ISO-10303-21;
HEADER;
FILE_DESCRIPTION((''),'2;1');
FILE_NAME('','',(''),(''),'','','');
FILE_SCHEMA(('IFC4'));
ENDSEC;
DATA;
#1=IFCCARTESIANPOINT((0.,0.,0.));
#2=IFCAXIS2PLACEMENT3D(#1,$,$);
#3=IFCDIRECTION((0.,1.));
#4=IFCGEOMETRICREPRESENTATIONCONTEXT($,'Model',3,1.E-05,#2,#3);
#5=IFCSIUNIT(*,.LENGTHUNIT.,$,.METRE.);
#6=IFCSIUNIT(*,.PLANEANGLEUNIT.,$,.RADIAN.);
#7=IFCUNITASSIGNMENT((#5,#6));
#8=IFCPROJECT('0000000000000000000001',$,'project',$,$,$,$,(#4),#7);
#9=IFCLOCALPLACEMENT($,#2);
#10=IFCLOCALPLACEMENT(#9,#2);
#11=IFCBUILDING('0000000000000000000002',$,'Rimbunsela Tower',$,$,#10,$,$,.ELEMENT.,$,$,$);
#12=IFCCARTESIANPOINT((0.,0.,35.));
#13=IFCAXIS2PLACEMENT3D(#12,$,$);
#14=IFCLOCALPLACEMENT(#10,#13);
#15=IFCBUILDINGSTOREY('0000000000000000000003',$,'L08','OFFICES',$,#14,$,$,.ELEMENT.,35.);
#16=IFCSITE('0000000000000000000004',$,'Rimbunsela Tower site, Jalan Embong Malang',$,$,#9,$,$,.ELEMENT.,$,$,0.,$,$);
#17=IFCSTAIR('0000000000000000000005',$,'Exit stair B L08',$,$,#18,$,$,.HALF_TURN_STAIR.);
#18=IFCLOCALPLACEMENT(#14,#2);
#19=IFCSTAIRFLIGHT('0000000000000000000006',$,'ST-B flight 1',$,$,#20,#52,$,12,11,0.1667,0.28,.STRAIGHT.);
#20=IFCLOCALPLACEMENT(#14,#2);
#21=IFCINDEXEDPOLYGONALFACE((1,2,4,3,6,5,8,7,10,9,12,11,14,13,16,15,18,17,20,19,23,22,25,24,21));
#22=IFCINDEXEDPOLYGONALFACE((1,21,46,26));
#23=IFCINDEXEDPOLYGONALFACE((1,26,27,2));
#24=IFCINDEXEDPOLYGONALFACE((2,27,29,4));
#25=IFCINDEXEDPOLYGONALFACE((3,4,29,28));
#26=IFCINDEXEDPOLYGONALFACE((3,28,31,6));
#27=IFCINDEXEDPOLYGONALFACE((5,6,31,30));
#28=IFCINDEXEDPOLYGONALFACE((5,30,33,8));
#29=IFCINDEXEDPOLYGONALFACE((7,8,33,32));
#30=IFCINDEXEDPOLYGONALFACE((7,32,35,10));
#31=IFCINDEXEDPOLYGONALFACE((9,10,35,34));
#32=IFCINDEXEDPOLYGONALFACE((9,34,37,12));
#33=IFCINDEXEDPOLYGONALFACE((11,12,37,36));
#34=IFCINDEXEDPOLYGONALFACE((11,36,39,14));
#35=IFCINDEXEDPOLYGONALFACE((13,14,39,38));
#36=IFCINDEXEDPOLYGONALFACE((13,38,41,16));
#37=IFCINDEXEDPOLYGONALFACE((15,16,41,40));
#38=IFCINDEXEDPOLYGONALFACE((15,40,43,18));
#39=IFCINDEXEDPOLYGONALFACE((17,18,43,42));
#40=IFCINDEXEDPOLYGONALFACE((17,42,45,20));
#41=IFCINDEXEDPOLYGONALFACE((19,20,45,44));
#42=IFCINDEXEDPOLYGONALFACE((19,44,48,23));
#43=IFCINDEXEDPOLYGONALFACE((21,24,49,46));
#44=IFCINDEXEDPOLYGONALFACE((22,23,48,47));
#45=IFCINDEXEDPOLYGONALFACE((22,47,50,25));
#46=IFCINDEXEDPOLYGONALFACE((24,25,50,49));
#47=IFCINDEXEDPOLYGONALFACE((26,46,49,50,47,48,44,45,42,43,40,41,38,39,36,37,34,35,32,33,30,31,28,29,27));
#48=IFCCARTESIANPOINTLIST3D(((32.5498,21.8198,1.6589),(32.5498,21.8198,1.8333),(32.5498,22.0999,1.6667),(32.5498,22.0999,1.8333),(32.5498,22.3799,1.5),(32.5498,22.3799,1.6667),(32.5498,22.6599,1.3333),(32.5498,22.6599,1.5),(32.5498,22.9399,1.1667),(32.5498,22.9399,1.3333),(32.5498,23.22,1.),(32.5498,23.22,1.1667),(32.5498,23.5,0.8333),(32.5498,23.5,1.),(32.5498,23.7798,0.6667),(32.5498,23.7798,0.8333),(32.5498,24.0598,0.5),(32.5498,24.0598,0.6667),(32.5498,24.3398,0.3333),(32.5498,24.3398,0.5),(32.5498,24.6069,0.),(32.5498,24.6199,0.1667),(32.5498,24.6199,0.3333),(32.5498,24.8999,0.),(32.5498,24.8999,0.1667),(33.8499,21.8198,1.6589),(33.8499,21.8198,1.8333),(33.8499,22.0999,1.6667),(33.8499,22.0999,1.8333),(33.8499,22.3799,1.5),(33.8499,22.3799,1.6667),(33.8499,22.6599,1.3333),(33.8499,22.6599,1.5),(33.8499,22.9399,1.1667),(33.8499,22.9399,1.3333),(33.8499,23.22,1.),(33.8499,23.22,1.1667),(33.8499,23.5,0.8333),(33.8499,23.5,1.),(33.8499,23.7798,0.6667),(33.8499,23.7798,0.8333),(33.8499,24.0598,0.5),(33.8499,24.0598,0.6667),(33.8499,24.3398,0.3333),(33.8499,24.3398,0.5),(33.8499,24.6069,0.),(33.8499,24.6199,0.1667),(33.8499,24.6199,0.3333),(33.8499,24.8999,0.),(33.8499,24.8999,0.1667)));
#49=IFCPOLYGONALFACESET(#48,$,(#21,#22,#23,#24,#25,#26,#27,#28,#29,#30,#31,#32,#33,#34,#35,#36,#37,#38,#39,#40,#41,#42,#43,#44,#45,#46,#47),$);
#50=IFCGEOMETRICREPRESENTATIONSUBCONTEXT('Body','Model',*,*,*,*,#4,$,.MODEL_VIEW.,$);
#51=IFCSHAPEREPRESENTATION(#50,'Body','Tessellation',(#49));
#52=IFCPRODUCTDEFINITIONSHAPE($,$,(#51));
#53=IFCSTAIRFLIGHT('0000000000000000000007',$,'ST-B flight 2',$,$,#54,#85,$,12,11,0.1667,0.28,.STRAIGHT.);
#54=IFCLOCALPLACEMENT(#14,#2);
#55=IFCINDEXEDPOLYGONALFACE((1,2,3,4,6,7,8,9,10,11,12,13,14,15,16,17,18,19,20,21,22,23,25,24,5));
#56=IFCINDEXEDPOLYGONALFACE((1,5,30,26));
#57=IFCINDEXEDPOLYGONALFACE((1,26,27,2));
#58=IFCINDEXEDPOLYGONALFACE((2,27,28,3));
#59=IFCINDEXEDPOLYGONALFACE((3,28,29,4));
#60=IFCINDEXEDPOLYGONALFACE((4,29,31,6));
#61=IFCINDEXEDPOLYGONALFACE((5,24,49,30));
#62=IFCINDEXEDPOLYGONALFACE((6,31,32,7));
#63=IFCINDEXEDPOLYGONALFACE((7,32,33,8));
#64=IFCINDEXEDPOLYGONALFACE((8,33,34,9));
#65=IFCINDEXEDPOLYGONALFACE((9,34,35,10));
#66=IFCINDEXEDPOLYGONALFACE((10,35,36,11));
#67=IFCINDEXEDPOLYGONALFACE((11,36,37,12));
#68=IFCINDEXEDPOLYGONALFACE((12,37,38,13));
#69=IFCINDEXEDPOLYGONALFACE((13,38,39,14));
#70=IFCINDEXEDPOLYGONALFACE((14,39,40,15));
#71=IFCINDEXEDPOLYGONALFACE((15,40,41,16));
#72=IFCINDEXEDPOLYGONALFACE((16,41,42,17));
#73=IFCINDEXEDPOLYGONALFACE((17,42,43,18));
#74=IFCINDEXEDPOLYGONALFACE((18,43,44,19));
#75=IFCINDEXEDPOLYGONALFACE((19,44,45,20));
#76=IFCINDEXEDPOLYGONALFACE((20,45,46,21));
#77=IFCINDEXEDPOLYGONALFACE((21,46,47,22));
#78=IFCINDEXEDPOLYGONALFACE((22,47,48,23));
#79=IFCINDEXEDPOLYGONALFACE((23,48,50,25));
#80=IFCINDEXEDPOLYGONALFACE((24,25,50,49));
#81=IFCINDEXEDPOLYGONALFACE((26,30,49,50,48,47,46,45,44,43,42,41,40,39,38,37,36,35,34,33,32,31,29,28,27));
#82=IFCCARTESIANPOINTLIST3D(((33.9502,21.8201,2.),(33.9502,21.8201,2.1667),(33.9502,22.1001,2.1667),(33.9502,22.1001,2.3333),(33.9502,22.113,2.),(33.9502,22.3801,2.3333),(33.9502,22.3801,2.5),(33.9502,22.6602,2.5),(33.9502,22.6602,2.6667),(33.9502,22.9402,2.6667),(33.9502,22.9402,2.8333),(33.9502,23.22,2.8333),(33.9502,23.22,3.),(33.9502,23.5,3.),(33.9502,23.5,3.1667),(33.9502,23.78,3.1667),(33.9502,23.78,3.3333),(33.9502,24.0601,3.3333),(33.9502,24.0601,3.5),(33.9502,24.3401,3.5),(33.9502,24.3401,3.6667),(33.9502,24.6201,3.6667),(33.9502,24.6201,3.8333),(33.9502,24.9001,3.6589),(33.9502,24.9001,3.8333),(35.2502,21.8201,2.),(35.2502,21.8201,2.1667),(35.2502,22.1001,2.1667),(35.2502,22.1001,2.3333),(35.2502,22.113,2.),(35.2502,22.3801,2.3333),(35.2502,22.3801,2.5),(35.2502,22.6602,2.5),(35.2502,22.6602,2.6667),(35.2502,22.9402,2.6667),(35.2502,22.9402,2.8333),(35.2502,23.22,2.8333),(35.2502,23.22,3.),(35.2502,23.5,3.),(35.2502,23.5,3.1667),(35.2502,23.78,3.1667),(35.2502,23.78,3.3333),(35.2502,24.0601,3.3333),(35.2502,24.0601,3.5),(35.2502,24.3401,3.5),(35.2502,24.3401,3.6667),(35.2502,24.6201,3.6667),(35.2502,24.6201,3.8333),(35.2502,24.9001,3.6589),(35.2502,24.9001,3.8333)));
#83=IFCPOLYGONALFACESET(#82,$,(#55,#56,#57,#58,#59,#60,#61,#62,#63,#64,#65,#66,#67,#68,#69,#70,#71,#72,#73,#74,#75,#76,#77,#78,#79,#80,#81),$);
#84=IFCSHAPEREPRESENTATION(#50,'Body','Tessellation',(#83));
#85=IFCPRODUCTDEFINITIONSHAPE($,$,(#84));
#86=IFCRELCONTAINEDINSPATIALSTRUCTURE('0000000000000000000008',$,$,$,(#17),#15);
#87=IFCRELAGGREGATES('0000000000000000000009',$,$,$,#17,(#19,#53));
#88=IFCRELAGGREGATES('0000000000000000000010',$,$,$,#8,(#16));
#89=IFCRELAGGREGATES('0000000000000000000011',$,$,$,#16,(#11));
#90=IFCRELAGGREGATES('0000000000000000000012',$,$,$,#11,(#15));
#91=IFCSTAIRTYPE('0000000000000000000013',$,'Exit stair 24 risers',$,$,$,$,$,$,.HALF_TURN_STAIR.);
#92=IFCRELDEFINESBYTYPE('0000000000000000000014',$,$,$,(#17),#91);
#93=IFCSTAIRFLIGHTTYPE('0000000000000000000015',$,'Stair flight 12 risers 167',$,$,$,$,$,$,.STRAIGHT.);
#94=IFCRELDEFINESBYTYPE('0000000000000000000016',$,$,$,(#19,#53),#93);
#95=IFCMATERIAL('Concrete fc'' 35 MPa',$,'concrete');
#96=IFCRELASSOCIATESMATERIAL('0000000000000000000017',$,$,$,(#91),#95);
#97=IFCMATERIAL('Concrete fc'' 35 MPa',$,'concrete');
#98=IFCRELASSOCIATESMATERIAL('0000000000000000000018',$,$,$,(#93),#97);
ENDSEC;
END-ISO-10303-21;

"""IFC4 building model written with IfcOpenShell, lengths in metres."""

from ifc_helpers import new_model, si_unit, direction, frame, origin, place, context, subcontext, project, spatial, polyline, outline, extrude, material, type_object, element, aggregate, save


model = new_model("IFC4")

# Units and contexts
model_context = context("Model", 3, precision=1e-05, world=origin(), true_north=direction((0.0, 1.0)))
body_context = subcontext(model_context, "Body", "Model", "MODEL_VIEW")
ifc_project = project(units=[si_unit("LENGTHUNIT", "METRE"), si_unit("PLANEANGLEUNIT", "RADIAN")], contexts=[model_context])

# Site, building, storey
site_placement = place(None, origin())
site = spatial("IfcSite", under=ifc_project, at=site_placement, Name="Rimbunsela Tower site, Jalan Embong Malang", CompositionType="ELEMENT", RefElevation=0.0)
building_placement = place(site_placement, origin())
building = spatial("IfcBuilding", under=site, at=building_placement, Name="Rimbunsela Tower", CompositionType="ELEMENT")
storey_placement = place(building_placement, frame((0.0, 0.0, 35.0)))
storey = spatial("IfcBuildingStorey", under=building, at=storey_placement, Name="L08", Description="OFFICES", CompositionType="ELEMENT", Elevation=35.0)

# Stair, stair flights
ifc_material_1 = material(Name="Concrete fc' 35 MPa", Category="concrete")
stair_type = type_object("IfcStairType", Name="Exit stair 24 risers", PredefinedType="HALF_TURN_STAIR", material=ifc_material_1)
stair_placement = place(storey_placement, origin())
stair = element("IfcStair", 1, at=stair_placement, inside=storey, type_object=stair_type, Name="Exit stair B L08", PredefinedType="HALF_TURN_STAIR")
ifc_material_2 = material(Name="Concrete fc' 35 MPa", Category="concrete")
stair_flight_type = type_object("IfcStairFlightType", Name="Stair flight 12 risers 167", PredefinedType="STRAIGHT", material=ifc_material_2)
stair_flight_1_placement = place(storey_placement, frame((33.2, 24.8999, 0.0), z_axis=(0.0, 0.0, 1.0), x_axis=(0.0, -1.0, 0.0)))
stair_flight_1 = element("IfcStairFlight", 2, at=stair_flight_1_placement, type_object=stair_flight_type, Name="ST-B flight 1", NumberOfRisers=12, NumberOfTreads=11, PredefinedType="STRAIGHT", RiserHeight=0.1667, TreadLength=0.28, context=body_context, shape_type="SweptSolid", body=[
    extrude(outline(polyline([(0.0, 0.0), (0.0, 0.1667), (0.28, 0.1667), (0.28, 0.3333), (0.5601, 0.3333), (0.5601, 0.5), (0.8401, 0.5), (0.8401, 0.6667), (1.1201, 0.6667), (1.1201, 0.8333), (1.3999, 0.8333), (1.3999, 1.0), (1.6799, 1.0), (1.6799, 1.1667), (1.96, 1.1667), (1.96, 1.3333), (2.24, 1.3333), (2.24, 1.5), (2.52, 1.5), (2.52, 1.6667), (2.8, 1.6667), (2.8, 1.8333), (3.0801, 1.8333), (3.0801, 2.0), (3.0801, 1.6589), (0.293, 0.0), (0.0, 0.0)])), frame((0.0, 0.6499, 0.0), z_axis=(0.0, -1.0, 0.0), x_axis=(1.0, 0.0, 0.0)), (0.0, 0.0, 1.0), 1.3),
])
stair_flight_2_placement = place(storey_placement, frame((34.6001, 21.8201, 2.0), z_axis=(0.0, 0.0, 1.0), x_axis=(0.0, 1.0, 0.0)))
stair_flight_2 = element("IfcStairFlight", 3, at=stair_flight_2_placement, type_object=stair_flight_type, Name="ST-B flight 2", NumberOfRisers=12, NumberOfTreads=11, PredefinedType="STRAIGHT", RiserHeight=0.1667, TreadLength=0.28, context=body_context, shape_type="SweptSolid", body=[
    extrude(outline(polyline([(0.0, 0.0), (0.0, 0.1667), (0.28, 0.1667), (0.28, 0.3333), (0.5601, 0.3333), (0.5601, 0.5), (0.8401, 0.5), (0.8401, 0.6667), (1.1201, 0.6667), (1.1201, 0.8333), (1.3999, 0.8333), (1.3999, 1.0), (1.6799, 1.0), (1.6799, 1.1667), (1.96, 1.1667), (1.96, 1.3333), (2.24, 1.3333), (2.24, 1.5), (2.52, 1.5), (2.52, 1.6667), (2.8, 1.6667), (2.8, 1.8333), (3.0801, 1.8333), (3.0801, 2.0), (3.0801, 1.6589), (0.293, 0.0), (0.0, 0.0)])), frame((0.0, 0.6499, 0.0), z_axis=(0.0, -1.0, 0.0), x_axis=(1.0, 0.0, 0.0)), (0.0, 0.0, 1.0), 1.3),
])
aggregate(stair, [stair_flight_1, stair_flight_2])

save(model, "model.ifc")
